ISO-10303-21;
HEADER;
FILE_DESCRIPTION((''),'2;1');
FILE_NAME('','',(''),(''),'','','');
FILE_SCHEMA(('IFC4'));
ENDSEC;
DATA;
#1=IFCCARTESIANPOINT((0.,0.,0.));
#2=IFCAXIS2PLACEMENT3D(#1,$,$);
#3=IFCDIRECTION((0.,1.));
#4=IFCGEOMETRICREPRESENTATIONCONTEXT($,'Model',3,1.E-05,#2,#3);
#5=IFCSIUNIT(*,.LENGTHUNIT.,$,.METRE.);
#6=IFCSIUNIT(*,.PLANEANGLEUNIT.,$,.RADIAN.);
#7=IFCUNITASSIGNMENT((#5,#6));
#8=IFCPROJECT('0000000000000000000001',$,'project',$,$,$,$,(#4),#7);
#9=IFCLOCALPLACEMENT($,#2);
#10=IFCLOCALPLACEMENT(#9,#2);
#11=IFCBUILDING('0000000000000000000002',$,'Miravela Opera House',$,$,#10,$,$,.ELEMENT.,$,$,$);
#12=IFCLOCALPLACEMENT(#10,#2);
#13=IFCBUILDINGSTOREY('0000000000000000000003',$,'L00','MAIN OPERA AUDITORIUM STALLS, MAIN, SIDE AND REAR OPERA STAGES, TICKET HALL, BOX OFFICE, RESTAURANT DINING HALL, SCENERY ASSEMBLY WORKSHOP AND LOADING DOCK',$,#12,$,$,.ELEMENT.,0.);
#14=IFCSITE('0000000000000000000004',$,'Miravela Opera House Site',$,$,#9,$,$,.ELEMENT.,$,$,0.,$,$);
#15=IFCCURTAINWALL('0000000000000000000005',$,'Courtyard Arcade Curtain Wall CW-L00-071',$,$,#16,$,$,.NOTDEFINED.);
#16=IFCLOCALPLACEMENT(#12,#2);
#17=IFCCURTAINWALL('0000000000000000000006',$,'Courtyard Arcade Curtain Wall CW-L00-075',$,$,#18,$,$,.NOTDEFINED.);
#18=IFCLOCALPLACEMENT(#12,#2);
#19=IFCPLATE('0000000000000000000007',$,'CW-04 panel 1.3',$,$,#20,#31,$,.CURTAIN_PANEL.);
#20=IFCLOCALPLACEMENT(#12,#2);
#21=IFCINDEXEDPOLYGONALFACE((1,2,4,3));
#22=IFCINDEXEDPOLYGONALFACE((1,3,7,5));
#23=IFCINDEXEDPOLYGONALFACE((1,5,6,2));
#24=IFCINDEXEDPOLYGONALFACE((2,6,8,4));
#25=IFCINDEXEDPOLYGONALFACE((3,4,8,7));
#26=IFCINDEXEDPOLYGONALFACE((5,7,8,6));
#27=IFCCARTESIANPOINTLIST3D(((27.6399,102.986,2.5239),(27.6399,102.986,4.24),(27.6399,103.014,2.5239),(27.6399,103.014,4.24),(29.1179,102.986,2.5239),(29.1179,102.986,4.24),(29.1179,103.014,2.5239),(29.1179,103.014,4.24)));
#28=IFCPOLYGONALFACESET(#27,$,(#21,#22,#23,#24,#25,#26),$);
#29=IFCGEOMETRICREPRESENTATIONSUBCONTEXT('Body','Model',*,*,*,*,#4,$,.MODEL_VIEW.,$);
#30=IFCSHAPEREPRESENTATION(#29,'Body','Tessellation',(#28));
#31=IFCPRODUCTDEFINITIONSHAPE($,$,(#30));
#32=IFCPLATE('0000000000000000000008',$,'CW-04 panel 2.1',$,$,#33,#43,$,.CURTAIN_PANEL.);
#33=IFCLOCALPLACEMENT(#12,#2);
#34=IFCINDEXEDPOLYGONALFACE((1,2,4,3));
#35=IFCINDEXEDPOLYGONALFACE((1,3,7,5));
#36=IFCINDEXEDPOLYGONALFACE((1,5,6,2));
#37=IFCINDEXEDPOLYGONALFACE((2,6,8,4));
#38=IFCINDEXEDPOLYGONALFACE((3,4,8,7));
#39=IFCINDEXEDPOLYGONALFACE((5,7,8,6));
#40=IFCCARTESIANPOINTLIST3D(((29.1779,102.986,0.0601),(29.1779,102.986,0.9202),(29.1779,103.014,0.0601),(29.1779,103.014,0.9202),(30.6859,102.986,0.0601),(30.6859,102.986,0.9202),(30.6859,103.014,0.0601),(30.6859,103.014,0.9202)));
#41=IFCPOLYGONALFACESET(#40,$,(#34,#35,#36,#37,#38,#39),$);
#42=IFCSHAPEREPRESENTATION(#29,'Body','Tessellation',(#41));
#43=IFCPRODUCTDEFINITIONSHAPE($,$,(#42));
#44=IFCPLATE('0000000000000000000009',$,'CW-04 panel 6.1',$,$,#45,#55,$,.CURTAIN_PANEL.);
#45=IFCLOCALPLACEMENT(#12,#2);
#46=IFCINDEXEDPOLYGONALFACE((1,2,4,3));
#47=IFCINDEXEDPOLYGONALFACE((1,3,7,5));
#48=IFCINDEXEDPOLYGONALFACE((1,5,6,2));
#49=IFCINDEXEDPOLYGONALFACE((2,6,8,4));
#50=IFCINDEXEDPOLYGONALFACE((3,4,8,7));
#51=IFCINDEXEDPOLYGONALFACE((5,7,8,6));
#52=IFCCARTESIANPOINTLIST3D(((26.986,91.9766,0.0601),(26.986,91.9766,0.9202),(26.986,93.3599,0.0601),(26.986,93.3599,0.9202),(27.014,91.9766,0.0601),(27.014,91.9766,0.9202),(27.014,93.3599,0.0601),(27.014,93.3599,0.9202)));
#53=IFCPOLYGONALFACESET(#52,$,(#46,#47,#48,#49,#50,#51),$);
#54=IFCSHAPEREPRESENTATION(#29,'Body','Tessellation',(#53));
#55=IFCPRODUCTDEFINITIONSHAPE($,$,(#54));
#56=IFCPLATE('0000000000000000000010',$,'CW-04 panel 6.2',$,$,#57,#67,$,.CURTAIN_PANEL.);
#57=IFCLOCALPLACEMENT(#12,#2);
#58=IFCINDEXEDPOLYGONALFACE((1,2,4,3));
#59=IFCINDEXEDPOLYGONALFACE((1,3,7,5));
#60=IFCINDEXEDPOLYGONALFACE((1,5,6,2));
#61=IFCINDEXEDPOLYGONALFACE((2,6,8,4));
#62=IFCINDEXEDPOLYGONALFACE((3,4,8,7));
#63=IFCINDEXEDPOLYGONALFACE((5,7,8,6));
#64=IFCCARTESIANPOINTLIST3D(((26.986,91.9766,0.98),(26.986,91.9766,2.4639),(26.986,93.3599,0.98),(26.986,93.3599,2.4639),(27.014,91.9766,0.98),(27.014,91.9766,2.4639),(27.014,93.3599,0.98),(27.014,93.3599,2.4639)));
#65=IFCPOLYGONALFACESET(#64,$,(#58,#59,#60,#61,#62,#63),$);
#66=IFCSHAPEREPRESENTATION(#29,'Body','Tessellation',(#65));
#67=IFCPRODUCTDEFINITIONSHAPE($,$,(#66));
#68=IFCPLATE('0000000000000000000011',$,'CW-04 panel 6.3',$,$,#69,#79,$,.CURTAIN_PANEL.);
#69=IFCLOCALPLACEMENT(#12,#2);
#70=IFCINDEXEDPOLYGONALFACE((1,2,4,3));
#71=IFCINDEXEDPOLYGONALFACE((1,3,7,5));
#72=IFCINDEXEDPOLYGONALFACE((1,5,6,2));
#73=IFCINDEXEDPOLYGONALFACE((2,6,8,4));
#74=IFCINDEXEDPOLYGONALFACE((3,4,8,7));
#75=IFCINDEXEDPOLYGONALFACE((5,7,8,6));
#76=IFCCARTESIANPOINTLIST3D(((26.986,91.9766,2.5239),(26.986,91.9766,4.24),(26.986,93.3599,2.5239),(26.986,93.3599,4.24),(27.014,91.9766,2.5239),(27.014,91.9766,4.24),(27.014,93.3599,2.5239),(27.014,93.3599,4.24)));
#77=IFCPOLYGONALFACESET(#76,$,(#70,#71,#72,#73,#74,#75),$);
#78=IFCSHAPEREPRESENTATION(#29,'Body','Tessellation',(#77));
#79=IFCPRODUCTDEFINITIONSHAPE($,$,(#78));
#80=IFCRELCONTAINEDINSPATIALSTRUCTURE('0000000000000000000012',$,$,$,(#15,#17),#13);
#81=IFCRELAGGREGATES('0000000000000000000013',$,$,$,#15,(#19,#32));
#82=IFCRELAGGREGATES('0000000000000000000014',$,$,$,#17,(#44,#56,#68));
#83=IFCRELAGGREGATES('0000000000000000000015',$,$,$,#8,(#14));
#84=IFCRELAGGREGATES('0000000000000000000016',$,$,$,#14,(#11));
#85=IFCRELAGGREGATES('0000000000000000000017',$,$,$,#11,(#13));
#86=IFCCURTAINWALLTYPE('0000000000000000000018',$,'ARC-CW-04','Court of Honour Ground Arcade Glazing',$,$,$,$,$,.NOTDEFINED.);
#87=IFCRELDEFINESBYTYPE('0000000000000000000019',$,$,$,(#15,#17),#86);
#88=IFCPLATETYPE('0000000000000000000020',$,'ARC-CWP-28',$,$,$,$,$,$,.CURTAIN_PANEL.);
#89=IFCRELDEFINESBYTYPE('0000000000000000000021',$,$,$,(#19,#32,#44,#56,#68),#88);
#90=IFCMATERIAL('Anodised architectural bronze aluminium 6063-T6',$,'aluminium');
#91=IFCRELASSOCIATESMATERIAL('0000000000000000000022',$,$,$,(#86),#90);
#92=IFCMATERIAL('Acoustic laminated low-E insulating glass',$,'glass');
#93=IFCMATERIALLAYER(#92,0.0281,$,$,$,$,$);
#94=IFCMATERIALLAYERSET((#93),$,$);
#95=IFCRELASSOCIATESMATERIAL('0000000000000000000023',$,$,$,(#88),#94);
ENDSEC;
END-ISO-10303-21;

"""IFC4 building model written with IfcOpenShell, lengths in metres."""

from ifc_helpers import new_model, si_unit, direction, frame, origin, origin_2d, place, context, subcontext, project, spatial, rectangle, extrude, material, layer, layer_set, type_object, element, aggregate, save


model = new_model("IFC4")

# Units and contexts
model_context = context("Model", 3, precision=1e-05, world=origin(), true_north=direction((0.0, 1.0)))
body_context = subcontext(model_context, "Body", "Model", "MODEL_VIEW")
ifc_project = project(units=[si_unit("LENGTHUNIT", "METRE"), si_unit("PLANEANGLEUNIT", "RADIAN")], contexts=[model_context])

# Site, building, storey
site_placement = place(None, origin())
site = spatial("IfcSite", under=ifc_project, at=site_placement, Name="Miravela Opera House Site", CompositionType="ELEMENT", RefElevation=0.0)
building_placement = place(site_placement, origin())
building = spatial("IfcBuilding", under=site, at=building_placement, Name="Miravela Opera House", CompositionType="ELEMENT")
storey_placement = place(building_placement, origin())
storey = spatial("IfcBuildingStorey", under=building, at=storey_placement, Name="L00", Description="MAIN OPERA AUDITORIUM STALLS, MAIN, SIDE AND REAR OPERA STAGES, TICKET HALL, BOX OFFICE, RESTAURANT DINING HALL, SCENERY ASSEMBLY WORKSHOP AND LOADING DOCK", CompositionType="ELEMENT", Elevation=0.0)

# Curtain wall
ifc_material_1 = material(Name="Anodised architectural bronze aluminium 6063-T6", Category="aluminium")
curtain_wall_type = type_object("IfcCurtainWallType", Name="ARC-CW-04", Description="Court of Honour Ground Arcade Glazing", PredefinedType="NOTDEFINED", material=ifc_material_1)
curtain_wall_1_placement = place(storey_placement, origin())
curtain_wall_1 = element("IfcCurtainWall", 1, at=curtain_wall_1_placement, inside=storey, type_object=curtain_wall_type, Name="Courtyard Arcade Curtain Wall CW-L00-071", PredefinedType="NOTDEFINED")

# Curtain wall
curtain_wall_2_placement = place(storey_placement, origin())
curtain_wall_2 = element("IfcCurtainWall", 2, at=curtain_wall_2_placement, inside=storey, type_object=curtain_wall_type, Name="Courtyard Arcade Curtain Wall CW-L00-075", PredefinedType="NOTDEFINED")

# Plates
ifc_material_2 = material(Name="Acoustic laminated low-E insulating glass", Category="glass")
ifc_layer = layer(ifc_material_2, 0.0281)
ifc_layer_set = layer_set([ifc_layer])
plate_type = type_object("IfcPlateType", Name="ARC-CWP-28", PredefinedType="CURTAIN_PANEL", material=ifc_layer_set)
plate_1_placement = place(storey_placement, frame((28.3789, 103.0, 2.5239), z_axis=(0.0, 0.0, 1.0), x_axis=(1.0, 0.0, 0.0)))
plate_1 = element("IfcPlate", 3, at=plate_1_placement, type_object=plate_type, Name="CW-04 panel 1.3", PredefinedType="CURTAIN_PANEL", context=body_context, shape_type="SweptSolid", body=[
    extrude(rectangle(XDim=1.478, YDim=0.0281, at=origin_2d()), origin(), (0.0, 0.0, 1.0), 1.7161),
])
plate_2_placement = place(storey_placement, frame((29.9319, 103.0, 0.0601), z_axis=(0.0, 0.0, 1.0), x_axis=(1.0, 0.0, 0.0)))
plate_2 = element("IfcPlate", 4, at=plate_2_placement, type_object=plate_type, Name="CW-04 panel 2.1", PredefinedType="CURTAIN_PANEL", context=body_context, shape_type="SweptSolid", body=[
    extrude(rectangle(XDim=1.5081, YDim=0.0281, at=origin_2d()), origin(), (0.0, 0.0, 1.0), 0.8601),
])
aggregate(curtain_wall_1, [plate_1, plate_2])
plate_3_placement = place(storey_placement, frame((27.0, 92.6682, 0.0601), z_axis=(0.0, 0.0, 1.0), x_axis=(0.0, 1.0, 0.0)))
plate_3 = element("IfcPlate", 5, at=plate_3_placement, type_object=plate_type, Name="CW-04 panel 6.1", PredefinedType="CURTAIN_PANEL", context=body_context, shape_type="SweptSolid", body=[
    extrude(rectangle(XDim=1.3833, YDim=0.0281, at=origin_2d()), origin(), (0.0, 0.0, 1.0), 0.8601),
])
plate_4_placement = place(storey_placement, frame((27.0, 92.6682, 0.98), z_axis=(0.0, 0.0, 1.0), x_axis=(0.0, 1.0, 0.0)))
plate_4 = element("IfcPlate", 6, at=plate_4_placement, type_object=plate_type, Name="CW-04 panel 6.2", PredefinedType="CURTAIN_PANEL", context=body_context, shape_type="SweptSolid", body=[
    extrude(rectangle(XDim=1.3833, YDim=0.0281, at=origin_2d()), origin(), (0.0, 0.0, 1.0), 1.4839),
])
plate_5_placement = place(storey_placement, frame((27.0, 92.6682, 2.5239), z_axis=(0.0, 0.0, 1.0), x_axis=(0.0, 1.0, 0.0)))
plate_5 = element("IfcPlate", 7, at=plate_5_placement, type_object=plate_type, Name="CW-04 panel 6.3", PredefinedType="CURTAIN_PANEL", context=body_context, shape_type="SweptSolid", body=[
    extrude(rectangle(XDim=1.3833, YDim=0.0281, at=origin_2d()), origin(), (0.0, 0.0, 1.0), 1.7161),
])
aggregate(curtain_wall_2, [plate_3, plate_4, plate_5])

save(model, "model.ifc")
